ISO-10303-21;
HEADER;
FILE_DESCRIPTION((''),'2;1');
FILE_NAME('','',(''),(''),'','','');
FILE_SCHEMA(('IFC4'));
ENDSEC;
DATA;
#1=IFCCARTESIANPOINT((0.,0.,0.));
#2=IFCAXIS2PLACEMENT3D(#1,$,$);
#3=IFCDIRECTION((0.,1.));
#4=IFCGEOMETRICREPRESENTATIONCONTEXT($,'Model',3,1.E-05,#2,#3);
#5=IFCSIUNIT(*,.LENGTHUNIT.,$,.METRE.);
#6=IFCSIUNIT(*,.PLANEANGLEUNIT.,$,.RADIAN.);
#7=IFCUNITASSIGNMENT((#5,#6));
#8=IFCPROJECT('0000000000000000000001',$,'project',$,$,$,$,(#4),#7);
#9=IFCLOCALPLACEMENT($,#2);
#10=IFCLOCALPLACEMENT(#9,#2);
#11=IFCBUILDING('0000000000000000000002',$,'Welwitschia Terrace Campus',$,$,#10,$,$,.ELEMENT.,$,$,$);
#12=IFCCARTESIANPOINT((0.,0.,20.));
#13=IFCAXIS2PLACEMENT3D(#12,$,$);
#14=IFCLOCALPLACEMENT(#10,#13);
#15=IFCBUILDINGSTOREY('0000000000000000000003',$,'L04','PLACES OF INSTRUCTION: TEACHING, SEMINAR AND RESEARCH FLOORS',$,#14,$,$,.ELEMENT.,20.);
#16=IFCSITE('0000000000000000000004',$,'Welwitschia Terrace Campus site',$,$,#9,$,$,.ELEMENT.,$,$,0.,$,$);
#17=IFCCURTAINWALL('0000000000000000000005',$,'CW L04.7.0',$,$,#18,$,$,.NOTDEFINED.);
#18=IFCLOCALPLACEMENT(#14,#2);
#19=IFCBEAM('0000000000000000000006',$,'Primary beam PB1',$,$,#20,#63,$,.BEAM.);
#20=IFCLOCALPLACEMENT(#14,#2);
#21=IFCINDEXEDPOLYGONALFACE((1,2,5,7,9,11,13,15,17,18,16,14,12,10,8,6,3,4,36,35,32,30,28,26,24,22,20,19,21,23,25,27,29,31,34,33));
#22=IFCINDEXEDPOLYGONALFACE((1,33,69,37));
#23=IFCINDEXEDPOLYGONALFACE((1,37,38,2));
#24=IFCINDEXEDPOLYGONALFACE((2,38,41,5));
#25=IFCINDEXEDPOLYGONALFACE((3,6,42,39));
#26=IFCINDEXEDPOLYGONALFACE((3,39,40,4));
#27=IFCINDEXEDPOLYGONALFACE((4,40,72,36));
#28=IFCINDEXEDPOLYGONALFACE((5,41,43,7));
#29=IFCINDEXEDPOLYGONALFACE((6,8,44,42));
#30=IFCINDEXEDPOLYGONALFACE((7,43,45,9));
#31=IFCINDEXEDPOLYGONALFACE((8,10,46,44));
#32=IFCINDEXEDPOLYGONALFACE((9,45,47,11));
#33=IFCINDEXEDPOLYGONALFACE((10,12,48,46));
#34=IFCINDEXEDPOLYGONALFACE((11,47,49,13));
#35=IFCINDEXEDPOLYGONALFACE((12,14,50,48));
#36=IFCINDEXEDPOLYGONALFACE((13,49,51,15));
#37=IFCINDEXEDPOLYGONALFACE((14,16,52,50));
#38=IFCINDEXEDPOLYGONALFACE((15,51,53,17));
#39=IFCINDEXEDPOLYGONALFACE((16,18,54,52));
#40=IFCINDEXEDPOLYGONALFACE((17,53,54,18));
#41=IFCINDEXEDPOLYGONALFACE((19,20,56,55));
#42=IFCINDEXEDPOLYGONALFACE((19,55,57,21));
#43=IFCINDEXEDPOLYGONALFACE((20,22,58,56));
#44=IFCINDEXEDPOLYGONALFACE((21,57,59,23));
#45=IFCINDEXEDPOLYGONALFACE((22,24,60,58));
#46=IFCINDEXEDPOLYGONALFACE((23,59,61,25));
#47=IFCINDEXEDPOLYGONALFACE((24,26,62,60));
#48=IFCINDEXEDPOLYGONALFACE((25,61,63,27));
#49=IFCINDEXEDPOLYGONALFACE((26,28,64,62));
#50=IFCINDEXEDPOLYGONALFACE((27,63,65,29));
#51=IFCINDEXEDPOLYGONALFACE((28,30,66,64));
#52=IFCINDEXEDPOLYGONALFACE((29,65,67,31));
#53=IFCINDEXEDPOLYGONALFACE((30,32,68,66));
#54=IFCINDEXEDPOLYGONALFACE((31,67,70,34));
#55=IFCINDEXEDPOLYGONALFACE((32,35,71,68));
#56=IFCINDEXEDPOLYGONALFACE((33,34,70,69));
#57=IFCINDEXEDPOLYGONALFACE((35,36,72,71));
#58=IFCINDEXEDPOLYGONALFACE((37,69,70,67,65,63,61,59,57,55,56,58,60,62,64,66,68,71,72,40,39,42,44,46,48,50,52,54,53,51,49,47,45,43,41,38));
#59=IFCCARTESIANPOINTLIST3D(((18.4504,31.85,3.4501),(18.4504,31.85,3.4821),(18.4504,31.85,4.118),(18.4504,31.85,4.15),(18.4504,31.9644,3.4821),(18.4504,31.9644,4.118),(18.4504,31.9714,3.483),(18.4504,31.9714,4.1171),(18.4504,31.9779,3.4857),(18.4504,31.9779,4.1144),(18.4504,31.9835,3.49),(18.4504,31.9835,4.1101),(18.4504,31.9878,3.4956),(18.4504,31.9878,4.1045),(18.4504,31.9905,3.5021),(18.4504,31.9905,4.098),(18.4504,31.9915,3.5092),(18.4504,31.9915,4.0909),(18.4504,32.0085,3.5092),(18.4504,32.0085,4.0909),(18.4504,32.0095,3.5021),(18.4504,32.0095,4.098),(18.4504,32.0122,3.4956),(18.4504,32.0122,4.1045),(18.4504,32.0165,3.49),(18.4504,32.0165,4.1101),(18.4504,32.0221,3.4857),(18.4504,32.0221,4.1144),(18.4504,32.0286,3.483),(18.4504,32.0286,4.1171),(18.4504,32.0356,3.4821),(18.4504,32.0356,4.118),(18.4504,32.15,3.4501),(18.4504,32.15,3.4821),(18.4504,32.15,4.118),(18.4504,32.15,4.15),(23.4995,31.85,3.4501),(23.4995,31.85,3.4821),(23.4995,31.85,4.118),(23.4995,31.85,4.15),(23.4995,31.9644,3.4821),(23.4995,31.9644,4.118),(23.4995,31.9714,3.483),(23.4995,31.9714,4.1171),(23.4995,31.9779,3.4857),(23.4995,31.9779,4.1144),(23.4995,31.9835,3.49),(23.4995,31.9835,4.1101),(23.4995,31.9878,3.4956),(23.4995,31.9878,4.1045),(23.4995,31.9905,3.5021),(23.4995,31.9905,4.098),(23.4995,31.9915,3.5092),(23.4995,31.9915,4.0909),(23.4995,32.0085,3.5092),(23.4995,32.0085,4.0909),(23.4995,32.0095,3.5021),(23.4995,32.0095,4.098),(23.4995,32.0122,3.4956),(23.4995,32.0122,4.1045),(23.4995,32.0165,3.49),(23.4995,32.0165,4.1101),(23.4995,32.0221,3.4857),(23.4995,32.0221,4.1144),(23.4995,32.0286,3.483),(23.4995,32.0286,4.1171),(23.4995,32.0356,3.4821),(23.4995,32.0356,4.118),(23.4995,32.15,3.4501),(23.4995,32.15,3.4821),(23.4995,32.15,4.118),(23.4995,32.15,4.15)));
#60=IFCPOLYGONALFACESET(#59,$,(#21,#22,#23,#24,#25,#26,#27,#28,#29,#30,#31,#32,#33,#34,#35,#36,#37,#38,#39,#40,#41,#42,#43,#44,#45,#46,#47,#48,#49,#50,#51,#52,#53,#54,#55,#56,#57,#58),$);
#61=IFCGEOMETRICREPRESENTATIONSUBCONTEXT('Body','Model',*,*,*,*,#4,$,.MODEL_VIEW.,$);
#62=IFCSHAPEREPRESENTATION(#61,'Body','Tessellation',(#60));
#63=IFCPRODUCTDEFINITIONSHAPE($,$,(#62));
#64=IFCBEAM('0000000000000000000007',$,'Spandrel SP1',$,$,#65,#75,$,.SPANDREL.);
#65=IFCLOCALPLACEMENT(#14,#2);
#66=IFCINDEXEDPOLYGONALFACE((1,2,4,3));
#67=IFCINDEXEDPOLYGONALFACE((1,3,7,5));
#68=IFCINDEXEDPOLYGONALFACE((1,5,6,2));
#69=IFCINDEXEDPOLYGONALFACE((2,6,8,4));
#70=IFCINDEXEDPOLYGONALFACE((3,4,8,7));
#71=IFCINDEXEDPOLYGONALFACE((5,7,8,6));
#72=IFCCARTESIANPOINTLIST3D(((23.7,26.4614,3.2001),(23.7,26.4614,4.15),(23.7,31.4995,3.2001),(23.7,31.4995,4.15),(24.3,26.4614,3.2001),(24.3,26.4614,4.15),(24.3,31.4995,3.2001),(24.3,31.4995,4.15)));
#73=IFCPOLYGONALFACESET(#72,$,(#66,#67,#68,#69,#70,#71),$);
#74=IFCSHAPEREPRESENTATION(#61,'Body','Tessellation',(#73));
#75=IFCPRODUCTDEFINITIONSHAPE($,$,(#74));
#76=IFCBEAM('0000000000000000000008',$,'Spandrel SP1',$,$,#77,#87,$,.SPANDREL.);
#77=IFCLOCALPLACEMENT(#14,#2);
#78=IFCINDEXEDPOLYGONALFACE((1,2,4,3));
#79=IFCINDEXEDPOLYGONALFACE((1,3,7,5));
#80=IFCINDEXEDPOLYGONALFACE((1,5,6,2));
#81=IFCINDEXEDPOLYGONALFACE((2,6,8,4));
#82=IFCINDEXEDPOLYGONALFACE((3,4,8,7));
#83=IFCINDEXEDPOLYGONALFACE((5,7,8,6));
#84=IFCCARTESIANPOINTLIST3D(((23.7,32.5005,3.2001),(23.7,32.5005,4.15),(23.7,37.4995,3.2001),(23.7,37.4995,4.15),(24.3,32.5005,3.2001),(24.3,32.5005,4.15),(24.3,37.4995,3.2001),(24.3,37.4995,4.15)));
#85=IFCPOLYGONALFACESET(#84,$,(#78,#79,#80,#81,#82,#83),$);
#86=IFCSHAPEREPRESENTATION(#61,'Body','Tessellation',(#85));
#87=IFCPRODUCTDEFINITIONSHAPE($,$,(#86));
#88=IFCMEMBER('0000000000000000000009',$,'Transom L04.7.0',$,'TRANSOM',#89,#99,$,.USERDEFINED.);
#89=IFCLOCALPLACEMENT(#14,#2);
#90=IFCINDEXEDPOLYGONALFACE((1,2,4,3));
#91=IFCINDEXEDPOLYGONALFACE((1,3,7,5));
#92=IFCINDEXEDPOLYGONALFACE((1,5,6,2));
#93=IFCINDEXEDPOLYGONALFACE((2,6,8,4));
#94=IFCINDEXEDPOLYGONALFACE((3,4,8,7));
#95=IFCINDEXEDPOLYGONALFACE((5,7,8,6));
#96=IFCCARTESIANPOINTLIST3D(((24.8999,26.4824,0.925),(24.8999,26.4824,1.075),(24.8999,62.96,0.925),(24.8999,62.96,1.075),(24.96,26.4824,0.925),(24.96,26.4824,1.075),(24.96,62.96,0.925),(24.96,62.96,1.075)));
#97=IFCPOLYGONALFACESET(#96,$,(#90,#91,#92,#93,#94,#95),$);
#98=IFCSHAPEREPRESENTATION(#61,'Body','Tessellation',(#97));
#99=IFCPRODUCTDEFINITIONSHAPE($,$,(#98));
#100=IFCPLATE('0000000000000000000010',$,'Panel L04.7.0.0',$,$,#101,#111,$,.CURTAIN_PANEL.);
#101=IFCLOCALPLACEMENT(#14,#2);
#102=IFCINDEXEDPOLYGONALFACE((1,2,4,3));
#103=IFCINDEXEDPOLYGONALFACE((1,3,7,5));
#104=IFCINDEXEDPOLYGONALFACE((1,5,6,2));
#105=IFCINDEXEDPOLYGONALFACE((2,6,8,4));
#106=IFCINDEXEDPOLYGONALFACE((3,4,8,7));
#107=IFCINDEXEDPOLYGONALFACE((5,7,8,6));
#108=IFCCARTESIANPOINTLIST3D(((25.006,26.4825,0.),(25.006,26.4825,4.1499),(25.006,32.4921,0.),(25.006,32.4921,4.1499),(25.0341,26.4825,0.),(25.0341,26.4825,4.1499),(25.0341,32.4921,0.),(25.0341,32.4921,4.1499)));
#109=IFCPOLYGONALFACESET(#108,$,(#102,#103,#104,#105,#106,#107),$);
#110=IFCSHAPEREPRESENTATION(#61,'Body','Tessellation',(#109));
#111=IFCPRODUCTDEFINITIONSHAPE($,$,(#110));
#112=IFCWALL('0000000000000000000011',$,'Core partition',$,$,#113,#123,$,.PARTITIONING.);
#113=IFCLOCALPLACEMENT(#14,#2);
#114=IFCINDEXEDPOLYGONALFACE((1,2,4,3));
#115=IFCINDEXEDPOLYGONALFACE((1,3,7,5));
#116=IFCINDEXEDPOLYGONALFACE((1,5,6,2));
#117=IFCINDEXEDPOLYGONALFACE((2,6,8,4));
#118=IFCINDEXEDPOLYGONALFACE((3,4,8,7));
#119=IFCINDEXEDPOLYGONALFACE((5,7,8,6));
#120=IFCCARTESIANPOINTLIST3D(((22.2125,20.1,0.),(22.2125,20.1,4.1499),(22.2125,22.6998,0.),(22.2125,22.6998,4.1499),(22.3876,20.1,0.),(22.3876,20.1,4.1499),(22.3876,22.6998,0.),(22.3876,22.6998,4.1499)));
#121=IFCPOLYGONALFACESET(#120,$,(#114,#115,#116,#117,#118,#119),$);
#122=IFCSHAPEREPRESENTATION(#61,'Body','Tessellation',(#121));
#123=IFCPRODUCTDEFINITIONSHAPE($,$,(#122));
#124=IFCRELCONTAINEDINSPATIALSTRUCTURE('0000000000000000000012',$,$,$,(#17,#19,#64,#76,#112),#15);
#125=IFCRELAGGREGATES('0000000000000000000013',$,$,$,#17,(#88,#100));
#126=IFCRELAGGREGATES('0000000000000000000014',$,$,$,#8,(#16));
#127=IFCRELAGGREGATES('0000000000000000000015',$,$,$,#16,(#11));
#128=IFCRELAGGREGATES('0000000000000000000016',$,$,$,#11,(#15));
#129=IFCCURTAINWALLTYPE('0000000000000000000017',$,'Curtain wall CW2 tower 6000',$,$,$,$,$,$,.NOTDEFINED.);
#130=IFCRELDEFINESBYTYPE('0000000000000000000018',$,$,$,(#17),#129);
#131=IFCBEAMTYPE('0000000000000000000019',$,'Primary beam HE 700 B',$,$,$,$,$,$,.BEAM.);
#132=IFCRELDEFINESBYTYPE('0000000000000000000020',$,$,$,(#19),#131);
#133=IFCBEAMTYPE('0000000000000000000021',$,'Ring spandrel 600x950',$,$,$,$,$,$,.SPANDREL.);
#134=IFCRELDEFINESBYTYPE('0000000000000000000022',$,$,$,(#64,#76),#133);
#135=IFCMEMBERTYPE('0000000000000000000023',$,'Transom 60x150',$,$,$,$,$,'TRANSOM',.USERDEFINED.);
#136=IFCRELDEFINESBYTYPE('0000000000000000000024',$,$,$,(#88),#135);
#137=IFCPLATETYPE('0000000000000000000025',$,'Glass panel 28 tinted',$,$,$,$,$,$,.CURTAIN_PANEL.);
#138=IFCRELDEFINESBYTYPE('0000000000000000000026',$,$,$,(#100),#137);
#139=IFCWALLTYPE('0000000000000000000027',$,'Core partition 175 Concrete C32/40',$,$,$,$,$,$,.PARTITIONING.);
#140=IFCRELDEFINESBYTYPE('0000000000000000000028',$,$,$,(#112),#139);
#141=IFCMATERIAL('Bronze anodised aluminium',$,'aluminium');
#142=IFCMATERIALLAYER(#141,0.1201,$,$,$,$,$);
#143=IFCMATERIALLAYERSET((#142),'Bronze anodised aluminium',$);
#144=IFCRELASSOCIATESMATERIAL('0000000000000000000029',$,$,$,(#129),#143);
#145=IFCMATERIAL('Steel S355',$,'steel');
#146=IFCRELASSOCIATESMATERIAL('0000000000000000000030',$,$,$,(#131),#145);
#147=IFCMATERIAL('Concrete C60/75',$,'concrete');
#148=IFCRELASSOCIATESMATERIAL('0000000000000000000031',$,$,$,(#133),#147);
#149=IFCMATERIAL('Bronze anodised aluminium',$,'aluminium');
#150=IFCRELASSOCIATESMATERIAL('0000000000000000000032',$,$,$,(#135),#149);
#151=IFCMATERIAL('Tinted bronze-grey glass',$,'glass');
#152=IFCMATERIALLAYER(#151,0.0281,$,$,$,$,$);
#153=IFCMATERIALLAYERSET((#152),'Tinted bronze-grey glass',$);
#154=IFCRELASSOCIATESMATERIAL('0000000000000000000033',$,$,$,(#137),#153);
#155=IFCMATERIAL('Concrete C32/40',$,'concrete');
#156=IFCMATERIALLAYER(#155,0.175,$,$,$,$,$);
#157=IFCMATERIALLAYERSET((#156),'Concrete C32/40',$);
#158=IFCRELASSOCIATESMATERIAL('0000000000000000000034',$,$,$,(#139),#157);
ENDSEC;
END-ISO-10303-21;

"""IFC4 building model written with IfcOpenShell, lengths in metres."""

from ifc_helpers import new_model, si_unit, direction, frame, frame_2d, origin, origin_2d, place, context, subcontext, project, spatial, rectangle, i_section, extrude, material, layer, layer_set, material_profile, profile_set, type_object, element, aggregate, save


model = new_model("IFC4")

# Units and contexts
model_context = context("Model", 3, precision=1e-05, world=origin(), true_north=direction((0.0, 1.0)))
body_context = subcontext(model_context, "Body", "Model", "MODEL_VIEW")
ifc_project = project(units=[si_unit("LENGTHUNIT", "METRE"), si_unit("PLANEANGLEUNIT", "RADIAN")], contexts=[model_context])

# Site, building, storey
site_placement = place(None, origin())
site = spatial("IfcSite", under=ifc_project, at=site_placement, Name="Welwitschia Terrace Campus site", CompositionType="ELEMENT", RefElevation=0.0)
building_placement = place(site_placement, origin())
building = spatial("IfcBuilding", under=site, at=building_placement, Name="Welwitschia Terrace Campus", CompositionType="ELEMENT")
storey_placement = place(building_placement, frame((0.0, 0.0, 20.0)))
storey = spatial("IfcBuildingStorey", under=building, at=storey_placement, Name="L04", Description="PLACES OF INSTRUCTION: TEACHING, SEMINAR AND RESEARCH FLOORS", CompositionType="ELEMENT", Elevation=20.0)

# Curtain wall
ifc_material_1 = material(Name="Bronze anodised aluminium", Category="aluminium")
ifc_layer_1 = layer(ifc_material_1, 0.1201)
ifc_layer_set_1 = layer_set([ifc_layer_1], Name="Bronze anodised aluminium")
curtain_wall_type = type_object("IfcCurtainWallType", Name="Curtain wall CW2 tower 6000", PredefinedType="NOTDEFINED", material=ifc_layer_set_1)
curtain_wall_placement = place(storey_placement, origin())
curtain_wall = element("IfcCurtainWall", 1, at=curtain_wall_placement, inside=storey, type_object=curtain_wall_type, Name="CW L04.7.0", PredefinedType="NOTDEFINED")

# Beams
ifc_material_2 = material(Name="Steel S355", Category="steel")
ifc_material_profile_1 = material_profile(ifc_material_2, i_section(OverallWidth=0.3, OverallDepth=0.7, WebThickness=0.0171, FlangeThickness=0.032, FilletRadius=0.0271, at=origin_2d()))
ifc_profile_set_1 = profile_set([ifc_material_profile_1], Name="Steel S355")
beam_type_1 = type_object("IfcBeamType", Name="Primary beam HE 700 B", PredefinedType="BEAM", material=ifc_profile_set_1)
beam_1_placement = place(storey_placement, frame((23.4995, 32.0, 3.8), z_axis=(-1.0, 0.0, 0.0), x_axis=(0.0, -1.0, 0.0)))
element("IfcBeam", 2, at=beam_1_placement, inside=storey, type_object=beam_type_1, Name="Primary beam PB1", PredefinedType="BEAM", context=body_context, shape_type="SweptSolid", body=[
    extrude(i_section(OverallWidth=0.3, OverallDepth=0.7, WebThickness=0.0171, FlangeThickness=0.032, FilletRadius=0.0271, at=origin_2d()), origin(), (0.0, 0.0, 1.0), 5.0491),
])
ifc_material_3 = material(Name="Concrete C60/75", Category="concrete")
ifc_material_profile_2 = material_profile(ifc_material_3, rectangle(XDim=0.6001, YDim=0.95, at=origin_2d()))
ifc_profile_set_2 = profile_set([ifc_material_profile_2], Name="Concrete C60/75")
beam_type_2 = type_object("IfcBeamType", Name="Ring spandrel 600x950", PredefinedType="SPANDREL", material=ifc_profile_set_2)
beam_2_placement = place(storey_placement, frame((24.0, 26.4614, 3.675), z_axis=(0.0, 1.0, 0.0), x_axis=(-1.0, 0.0, 0.0)))
element("IfcBeam", 3, at=beam_2_placement, inside=storey, type_object=beam_type_2, Name="Spandrel SP1", PredefinedType="SPANDREL", context=body_context, shape_type="SweptSolid", body=[
    extrude(rectangle(XDim=0.6001, YDim=0.95, at=origin_2d()), origin(), (0.0, 0.0, 1.0), 5.0381),
])
beam_3_placement = place(storey_placement, frame((24.0, 32.5005, 3.675), z_axis=(0.0, 1.0, 0.0), x_axis=(-1.0, 0.0, 0.0)))
element("IfcBeam", 4, at=beam_3_placement, inside=storey, type_object=beam_type_2, Name="Spandrel SP1", PredefinedType="SPANDREL", context=body_context, shape_type="SweptSolid", body=[
    extrude(rectangle(XDim=0.6001, YDim=0.95, at=origin_2d()), origin(), (0.0, 0.0, 1.0), 4.999),
])

# Member
ifc_material_4 = material(Name="Bronze anodised aluminium", Category="aluminium")
ifc_material_profile_3 = material_profile(ifc_material_4, rectangle(XDim=0.0601, YDim=0.1499, at=origin_2d()))
ifc_profile_set_3 = profile_set([ifc_material_profile_3], Name="Bronze anodised aluminium")
member_type_1 = type_object("IfcMemberType", Name="Transom 60x150", ElementType="TRANSOM", PredefinedType="USERDEFINED", material=ifc_profile_set_3)
member_1_placement = place(storey_placement, frame((24.9299, 26.4824, 1.0), z_axis=(0.0, 1.0, 0.0), x_axis=(-1.0, 0.0, 0.0)))
member_1 = element("IfcMember", 5, at=member_1_placement, type_object=member_type_1, Name="Transom L04.7.0", ObjectType="TRANSOM", PredefinedType="USERDEFINED", context=body_context, shape_type="SweptSolid", body=[
    extrude(rectangle(XDim=0.0601, YDim=0.1499, at=origin_2d()), origin(), (0.0, 0.0, 1.0), 36.4775),
])

# Plate
ifc_material_5 = material(Name="Tinted bronze-grey glass", Category="glass")
ifc_layer_2 = layer(ifc_material_5, 0.0281)
ifc_layer_set_2 = layer_set([ifc_layer_2], Name="Tinted bronze-grey glass")
plate_type = type_object("IfcPlateType", Name="Glass panel 28 tinted", PredefinedType="CURTAIN_PANEL", material=ifc_layer_set_2)
plate_placement = place(storey_placement, frame((25.02, 29.4873, 0.0), z_axis=(0.0, 0.0, 1.0), x_axis=(0.0, 1.0, 0.0)))
plate = element("IfcPlate", 6, at=plate_placement, type_object=plate_type, Name="Panel L04.7.0.0", PredefinedType="CURTAIN_PANEL", context=body_context, shape_type="SweptSolid", body=[
    extrude(rectangle(XDim=6.0095, YDim=0.0281, at=origin_2d()), origin(), (0.0, 0.0, 1.0), 4.1499),
])
aggregate(curtain_wall, [member_1, plate])

# Wall
ifc_material_6 = material(Name="Concrete C32/40", Category="concrete")
ifc_layer_3 = layer(ifc_material_6, 0.175)
ifc_layer_set_3 = layer_set([ifc_layer_3], Name="Concrete C32/40")
wall_type_1 = type_object("IfcWallType", Name="Core partition 175 Concrete C32/40", PredefinedType="PARTITIONING", material=ifc_layer_set_3)
wall_1_placement = place(storey_placement, frame((22.3, 20.1001, 0.0), z_axis=(0.0, 0.0, 1.0), x_axis=(0.0, 1.0, 0.0)))
element("IfcWall", 7, at=wall_1_placement, inside=storey, type_object=wall_type_1, Name="Core partition", PredefinedType="PARTITIONING", context=body_context, shape_type="SweptSolid", body=[
    extrude(rectangle(XDim=2.5999, YDim=0.175, at=frame_2d((1.2998, 0.0))), origin(), (0.0, 0.0, 1.0), 4.1499),
])

save(model, "model.ifc")
